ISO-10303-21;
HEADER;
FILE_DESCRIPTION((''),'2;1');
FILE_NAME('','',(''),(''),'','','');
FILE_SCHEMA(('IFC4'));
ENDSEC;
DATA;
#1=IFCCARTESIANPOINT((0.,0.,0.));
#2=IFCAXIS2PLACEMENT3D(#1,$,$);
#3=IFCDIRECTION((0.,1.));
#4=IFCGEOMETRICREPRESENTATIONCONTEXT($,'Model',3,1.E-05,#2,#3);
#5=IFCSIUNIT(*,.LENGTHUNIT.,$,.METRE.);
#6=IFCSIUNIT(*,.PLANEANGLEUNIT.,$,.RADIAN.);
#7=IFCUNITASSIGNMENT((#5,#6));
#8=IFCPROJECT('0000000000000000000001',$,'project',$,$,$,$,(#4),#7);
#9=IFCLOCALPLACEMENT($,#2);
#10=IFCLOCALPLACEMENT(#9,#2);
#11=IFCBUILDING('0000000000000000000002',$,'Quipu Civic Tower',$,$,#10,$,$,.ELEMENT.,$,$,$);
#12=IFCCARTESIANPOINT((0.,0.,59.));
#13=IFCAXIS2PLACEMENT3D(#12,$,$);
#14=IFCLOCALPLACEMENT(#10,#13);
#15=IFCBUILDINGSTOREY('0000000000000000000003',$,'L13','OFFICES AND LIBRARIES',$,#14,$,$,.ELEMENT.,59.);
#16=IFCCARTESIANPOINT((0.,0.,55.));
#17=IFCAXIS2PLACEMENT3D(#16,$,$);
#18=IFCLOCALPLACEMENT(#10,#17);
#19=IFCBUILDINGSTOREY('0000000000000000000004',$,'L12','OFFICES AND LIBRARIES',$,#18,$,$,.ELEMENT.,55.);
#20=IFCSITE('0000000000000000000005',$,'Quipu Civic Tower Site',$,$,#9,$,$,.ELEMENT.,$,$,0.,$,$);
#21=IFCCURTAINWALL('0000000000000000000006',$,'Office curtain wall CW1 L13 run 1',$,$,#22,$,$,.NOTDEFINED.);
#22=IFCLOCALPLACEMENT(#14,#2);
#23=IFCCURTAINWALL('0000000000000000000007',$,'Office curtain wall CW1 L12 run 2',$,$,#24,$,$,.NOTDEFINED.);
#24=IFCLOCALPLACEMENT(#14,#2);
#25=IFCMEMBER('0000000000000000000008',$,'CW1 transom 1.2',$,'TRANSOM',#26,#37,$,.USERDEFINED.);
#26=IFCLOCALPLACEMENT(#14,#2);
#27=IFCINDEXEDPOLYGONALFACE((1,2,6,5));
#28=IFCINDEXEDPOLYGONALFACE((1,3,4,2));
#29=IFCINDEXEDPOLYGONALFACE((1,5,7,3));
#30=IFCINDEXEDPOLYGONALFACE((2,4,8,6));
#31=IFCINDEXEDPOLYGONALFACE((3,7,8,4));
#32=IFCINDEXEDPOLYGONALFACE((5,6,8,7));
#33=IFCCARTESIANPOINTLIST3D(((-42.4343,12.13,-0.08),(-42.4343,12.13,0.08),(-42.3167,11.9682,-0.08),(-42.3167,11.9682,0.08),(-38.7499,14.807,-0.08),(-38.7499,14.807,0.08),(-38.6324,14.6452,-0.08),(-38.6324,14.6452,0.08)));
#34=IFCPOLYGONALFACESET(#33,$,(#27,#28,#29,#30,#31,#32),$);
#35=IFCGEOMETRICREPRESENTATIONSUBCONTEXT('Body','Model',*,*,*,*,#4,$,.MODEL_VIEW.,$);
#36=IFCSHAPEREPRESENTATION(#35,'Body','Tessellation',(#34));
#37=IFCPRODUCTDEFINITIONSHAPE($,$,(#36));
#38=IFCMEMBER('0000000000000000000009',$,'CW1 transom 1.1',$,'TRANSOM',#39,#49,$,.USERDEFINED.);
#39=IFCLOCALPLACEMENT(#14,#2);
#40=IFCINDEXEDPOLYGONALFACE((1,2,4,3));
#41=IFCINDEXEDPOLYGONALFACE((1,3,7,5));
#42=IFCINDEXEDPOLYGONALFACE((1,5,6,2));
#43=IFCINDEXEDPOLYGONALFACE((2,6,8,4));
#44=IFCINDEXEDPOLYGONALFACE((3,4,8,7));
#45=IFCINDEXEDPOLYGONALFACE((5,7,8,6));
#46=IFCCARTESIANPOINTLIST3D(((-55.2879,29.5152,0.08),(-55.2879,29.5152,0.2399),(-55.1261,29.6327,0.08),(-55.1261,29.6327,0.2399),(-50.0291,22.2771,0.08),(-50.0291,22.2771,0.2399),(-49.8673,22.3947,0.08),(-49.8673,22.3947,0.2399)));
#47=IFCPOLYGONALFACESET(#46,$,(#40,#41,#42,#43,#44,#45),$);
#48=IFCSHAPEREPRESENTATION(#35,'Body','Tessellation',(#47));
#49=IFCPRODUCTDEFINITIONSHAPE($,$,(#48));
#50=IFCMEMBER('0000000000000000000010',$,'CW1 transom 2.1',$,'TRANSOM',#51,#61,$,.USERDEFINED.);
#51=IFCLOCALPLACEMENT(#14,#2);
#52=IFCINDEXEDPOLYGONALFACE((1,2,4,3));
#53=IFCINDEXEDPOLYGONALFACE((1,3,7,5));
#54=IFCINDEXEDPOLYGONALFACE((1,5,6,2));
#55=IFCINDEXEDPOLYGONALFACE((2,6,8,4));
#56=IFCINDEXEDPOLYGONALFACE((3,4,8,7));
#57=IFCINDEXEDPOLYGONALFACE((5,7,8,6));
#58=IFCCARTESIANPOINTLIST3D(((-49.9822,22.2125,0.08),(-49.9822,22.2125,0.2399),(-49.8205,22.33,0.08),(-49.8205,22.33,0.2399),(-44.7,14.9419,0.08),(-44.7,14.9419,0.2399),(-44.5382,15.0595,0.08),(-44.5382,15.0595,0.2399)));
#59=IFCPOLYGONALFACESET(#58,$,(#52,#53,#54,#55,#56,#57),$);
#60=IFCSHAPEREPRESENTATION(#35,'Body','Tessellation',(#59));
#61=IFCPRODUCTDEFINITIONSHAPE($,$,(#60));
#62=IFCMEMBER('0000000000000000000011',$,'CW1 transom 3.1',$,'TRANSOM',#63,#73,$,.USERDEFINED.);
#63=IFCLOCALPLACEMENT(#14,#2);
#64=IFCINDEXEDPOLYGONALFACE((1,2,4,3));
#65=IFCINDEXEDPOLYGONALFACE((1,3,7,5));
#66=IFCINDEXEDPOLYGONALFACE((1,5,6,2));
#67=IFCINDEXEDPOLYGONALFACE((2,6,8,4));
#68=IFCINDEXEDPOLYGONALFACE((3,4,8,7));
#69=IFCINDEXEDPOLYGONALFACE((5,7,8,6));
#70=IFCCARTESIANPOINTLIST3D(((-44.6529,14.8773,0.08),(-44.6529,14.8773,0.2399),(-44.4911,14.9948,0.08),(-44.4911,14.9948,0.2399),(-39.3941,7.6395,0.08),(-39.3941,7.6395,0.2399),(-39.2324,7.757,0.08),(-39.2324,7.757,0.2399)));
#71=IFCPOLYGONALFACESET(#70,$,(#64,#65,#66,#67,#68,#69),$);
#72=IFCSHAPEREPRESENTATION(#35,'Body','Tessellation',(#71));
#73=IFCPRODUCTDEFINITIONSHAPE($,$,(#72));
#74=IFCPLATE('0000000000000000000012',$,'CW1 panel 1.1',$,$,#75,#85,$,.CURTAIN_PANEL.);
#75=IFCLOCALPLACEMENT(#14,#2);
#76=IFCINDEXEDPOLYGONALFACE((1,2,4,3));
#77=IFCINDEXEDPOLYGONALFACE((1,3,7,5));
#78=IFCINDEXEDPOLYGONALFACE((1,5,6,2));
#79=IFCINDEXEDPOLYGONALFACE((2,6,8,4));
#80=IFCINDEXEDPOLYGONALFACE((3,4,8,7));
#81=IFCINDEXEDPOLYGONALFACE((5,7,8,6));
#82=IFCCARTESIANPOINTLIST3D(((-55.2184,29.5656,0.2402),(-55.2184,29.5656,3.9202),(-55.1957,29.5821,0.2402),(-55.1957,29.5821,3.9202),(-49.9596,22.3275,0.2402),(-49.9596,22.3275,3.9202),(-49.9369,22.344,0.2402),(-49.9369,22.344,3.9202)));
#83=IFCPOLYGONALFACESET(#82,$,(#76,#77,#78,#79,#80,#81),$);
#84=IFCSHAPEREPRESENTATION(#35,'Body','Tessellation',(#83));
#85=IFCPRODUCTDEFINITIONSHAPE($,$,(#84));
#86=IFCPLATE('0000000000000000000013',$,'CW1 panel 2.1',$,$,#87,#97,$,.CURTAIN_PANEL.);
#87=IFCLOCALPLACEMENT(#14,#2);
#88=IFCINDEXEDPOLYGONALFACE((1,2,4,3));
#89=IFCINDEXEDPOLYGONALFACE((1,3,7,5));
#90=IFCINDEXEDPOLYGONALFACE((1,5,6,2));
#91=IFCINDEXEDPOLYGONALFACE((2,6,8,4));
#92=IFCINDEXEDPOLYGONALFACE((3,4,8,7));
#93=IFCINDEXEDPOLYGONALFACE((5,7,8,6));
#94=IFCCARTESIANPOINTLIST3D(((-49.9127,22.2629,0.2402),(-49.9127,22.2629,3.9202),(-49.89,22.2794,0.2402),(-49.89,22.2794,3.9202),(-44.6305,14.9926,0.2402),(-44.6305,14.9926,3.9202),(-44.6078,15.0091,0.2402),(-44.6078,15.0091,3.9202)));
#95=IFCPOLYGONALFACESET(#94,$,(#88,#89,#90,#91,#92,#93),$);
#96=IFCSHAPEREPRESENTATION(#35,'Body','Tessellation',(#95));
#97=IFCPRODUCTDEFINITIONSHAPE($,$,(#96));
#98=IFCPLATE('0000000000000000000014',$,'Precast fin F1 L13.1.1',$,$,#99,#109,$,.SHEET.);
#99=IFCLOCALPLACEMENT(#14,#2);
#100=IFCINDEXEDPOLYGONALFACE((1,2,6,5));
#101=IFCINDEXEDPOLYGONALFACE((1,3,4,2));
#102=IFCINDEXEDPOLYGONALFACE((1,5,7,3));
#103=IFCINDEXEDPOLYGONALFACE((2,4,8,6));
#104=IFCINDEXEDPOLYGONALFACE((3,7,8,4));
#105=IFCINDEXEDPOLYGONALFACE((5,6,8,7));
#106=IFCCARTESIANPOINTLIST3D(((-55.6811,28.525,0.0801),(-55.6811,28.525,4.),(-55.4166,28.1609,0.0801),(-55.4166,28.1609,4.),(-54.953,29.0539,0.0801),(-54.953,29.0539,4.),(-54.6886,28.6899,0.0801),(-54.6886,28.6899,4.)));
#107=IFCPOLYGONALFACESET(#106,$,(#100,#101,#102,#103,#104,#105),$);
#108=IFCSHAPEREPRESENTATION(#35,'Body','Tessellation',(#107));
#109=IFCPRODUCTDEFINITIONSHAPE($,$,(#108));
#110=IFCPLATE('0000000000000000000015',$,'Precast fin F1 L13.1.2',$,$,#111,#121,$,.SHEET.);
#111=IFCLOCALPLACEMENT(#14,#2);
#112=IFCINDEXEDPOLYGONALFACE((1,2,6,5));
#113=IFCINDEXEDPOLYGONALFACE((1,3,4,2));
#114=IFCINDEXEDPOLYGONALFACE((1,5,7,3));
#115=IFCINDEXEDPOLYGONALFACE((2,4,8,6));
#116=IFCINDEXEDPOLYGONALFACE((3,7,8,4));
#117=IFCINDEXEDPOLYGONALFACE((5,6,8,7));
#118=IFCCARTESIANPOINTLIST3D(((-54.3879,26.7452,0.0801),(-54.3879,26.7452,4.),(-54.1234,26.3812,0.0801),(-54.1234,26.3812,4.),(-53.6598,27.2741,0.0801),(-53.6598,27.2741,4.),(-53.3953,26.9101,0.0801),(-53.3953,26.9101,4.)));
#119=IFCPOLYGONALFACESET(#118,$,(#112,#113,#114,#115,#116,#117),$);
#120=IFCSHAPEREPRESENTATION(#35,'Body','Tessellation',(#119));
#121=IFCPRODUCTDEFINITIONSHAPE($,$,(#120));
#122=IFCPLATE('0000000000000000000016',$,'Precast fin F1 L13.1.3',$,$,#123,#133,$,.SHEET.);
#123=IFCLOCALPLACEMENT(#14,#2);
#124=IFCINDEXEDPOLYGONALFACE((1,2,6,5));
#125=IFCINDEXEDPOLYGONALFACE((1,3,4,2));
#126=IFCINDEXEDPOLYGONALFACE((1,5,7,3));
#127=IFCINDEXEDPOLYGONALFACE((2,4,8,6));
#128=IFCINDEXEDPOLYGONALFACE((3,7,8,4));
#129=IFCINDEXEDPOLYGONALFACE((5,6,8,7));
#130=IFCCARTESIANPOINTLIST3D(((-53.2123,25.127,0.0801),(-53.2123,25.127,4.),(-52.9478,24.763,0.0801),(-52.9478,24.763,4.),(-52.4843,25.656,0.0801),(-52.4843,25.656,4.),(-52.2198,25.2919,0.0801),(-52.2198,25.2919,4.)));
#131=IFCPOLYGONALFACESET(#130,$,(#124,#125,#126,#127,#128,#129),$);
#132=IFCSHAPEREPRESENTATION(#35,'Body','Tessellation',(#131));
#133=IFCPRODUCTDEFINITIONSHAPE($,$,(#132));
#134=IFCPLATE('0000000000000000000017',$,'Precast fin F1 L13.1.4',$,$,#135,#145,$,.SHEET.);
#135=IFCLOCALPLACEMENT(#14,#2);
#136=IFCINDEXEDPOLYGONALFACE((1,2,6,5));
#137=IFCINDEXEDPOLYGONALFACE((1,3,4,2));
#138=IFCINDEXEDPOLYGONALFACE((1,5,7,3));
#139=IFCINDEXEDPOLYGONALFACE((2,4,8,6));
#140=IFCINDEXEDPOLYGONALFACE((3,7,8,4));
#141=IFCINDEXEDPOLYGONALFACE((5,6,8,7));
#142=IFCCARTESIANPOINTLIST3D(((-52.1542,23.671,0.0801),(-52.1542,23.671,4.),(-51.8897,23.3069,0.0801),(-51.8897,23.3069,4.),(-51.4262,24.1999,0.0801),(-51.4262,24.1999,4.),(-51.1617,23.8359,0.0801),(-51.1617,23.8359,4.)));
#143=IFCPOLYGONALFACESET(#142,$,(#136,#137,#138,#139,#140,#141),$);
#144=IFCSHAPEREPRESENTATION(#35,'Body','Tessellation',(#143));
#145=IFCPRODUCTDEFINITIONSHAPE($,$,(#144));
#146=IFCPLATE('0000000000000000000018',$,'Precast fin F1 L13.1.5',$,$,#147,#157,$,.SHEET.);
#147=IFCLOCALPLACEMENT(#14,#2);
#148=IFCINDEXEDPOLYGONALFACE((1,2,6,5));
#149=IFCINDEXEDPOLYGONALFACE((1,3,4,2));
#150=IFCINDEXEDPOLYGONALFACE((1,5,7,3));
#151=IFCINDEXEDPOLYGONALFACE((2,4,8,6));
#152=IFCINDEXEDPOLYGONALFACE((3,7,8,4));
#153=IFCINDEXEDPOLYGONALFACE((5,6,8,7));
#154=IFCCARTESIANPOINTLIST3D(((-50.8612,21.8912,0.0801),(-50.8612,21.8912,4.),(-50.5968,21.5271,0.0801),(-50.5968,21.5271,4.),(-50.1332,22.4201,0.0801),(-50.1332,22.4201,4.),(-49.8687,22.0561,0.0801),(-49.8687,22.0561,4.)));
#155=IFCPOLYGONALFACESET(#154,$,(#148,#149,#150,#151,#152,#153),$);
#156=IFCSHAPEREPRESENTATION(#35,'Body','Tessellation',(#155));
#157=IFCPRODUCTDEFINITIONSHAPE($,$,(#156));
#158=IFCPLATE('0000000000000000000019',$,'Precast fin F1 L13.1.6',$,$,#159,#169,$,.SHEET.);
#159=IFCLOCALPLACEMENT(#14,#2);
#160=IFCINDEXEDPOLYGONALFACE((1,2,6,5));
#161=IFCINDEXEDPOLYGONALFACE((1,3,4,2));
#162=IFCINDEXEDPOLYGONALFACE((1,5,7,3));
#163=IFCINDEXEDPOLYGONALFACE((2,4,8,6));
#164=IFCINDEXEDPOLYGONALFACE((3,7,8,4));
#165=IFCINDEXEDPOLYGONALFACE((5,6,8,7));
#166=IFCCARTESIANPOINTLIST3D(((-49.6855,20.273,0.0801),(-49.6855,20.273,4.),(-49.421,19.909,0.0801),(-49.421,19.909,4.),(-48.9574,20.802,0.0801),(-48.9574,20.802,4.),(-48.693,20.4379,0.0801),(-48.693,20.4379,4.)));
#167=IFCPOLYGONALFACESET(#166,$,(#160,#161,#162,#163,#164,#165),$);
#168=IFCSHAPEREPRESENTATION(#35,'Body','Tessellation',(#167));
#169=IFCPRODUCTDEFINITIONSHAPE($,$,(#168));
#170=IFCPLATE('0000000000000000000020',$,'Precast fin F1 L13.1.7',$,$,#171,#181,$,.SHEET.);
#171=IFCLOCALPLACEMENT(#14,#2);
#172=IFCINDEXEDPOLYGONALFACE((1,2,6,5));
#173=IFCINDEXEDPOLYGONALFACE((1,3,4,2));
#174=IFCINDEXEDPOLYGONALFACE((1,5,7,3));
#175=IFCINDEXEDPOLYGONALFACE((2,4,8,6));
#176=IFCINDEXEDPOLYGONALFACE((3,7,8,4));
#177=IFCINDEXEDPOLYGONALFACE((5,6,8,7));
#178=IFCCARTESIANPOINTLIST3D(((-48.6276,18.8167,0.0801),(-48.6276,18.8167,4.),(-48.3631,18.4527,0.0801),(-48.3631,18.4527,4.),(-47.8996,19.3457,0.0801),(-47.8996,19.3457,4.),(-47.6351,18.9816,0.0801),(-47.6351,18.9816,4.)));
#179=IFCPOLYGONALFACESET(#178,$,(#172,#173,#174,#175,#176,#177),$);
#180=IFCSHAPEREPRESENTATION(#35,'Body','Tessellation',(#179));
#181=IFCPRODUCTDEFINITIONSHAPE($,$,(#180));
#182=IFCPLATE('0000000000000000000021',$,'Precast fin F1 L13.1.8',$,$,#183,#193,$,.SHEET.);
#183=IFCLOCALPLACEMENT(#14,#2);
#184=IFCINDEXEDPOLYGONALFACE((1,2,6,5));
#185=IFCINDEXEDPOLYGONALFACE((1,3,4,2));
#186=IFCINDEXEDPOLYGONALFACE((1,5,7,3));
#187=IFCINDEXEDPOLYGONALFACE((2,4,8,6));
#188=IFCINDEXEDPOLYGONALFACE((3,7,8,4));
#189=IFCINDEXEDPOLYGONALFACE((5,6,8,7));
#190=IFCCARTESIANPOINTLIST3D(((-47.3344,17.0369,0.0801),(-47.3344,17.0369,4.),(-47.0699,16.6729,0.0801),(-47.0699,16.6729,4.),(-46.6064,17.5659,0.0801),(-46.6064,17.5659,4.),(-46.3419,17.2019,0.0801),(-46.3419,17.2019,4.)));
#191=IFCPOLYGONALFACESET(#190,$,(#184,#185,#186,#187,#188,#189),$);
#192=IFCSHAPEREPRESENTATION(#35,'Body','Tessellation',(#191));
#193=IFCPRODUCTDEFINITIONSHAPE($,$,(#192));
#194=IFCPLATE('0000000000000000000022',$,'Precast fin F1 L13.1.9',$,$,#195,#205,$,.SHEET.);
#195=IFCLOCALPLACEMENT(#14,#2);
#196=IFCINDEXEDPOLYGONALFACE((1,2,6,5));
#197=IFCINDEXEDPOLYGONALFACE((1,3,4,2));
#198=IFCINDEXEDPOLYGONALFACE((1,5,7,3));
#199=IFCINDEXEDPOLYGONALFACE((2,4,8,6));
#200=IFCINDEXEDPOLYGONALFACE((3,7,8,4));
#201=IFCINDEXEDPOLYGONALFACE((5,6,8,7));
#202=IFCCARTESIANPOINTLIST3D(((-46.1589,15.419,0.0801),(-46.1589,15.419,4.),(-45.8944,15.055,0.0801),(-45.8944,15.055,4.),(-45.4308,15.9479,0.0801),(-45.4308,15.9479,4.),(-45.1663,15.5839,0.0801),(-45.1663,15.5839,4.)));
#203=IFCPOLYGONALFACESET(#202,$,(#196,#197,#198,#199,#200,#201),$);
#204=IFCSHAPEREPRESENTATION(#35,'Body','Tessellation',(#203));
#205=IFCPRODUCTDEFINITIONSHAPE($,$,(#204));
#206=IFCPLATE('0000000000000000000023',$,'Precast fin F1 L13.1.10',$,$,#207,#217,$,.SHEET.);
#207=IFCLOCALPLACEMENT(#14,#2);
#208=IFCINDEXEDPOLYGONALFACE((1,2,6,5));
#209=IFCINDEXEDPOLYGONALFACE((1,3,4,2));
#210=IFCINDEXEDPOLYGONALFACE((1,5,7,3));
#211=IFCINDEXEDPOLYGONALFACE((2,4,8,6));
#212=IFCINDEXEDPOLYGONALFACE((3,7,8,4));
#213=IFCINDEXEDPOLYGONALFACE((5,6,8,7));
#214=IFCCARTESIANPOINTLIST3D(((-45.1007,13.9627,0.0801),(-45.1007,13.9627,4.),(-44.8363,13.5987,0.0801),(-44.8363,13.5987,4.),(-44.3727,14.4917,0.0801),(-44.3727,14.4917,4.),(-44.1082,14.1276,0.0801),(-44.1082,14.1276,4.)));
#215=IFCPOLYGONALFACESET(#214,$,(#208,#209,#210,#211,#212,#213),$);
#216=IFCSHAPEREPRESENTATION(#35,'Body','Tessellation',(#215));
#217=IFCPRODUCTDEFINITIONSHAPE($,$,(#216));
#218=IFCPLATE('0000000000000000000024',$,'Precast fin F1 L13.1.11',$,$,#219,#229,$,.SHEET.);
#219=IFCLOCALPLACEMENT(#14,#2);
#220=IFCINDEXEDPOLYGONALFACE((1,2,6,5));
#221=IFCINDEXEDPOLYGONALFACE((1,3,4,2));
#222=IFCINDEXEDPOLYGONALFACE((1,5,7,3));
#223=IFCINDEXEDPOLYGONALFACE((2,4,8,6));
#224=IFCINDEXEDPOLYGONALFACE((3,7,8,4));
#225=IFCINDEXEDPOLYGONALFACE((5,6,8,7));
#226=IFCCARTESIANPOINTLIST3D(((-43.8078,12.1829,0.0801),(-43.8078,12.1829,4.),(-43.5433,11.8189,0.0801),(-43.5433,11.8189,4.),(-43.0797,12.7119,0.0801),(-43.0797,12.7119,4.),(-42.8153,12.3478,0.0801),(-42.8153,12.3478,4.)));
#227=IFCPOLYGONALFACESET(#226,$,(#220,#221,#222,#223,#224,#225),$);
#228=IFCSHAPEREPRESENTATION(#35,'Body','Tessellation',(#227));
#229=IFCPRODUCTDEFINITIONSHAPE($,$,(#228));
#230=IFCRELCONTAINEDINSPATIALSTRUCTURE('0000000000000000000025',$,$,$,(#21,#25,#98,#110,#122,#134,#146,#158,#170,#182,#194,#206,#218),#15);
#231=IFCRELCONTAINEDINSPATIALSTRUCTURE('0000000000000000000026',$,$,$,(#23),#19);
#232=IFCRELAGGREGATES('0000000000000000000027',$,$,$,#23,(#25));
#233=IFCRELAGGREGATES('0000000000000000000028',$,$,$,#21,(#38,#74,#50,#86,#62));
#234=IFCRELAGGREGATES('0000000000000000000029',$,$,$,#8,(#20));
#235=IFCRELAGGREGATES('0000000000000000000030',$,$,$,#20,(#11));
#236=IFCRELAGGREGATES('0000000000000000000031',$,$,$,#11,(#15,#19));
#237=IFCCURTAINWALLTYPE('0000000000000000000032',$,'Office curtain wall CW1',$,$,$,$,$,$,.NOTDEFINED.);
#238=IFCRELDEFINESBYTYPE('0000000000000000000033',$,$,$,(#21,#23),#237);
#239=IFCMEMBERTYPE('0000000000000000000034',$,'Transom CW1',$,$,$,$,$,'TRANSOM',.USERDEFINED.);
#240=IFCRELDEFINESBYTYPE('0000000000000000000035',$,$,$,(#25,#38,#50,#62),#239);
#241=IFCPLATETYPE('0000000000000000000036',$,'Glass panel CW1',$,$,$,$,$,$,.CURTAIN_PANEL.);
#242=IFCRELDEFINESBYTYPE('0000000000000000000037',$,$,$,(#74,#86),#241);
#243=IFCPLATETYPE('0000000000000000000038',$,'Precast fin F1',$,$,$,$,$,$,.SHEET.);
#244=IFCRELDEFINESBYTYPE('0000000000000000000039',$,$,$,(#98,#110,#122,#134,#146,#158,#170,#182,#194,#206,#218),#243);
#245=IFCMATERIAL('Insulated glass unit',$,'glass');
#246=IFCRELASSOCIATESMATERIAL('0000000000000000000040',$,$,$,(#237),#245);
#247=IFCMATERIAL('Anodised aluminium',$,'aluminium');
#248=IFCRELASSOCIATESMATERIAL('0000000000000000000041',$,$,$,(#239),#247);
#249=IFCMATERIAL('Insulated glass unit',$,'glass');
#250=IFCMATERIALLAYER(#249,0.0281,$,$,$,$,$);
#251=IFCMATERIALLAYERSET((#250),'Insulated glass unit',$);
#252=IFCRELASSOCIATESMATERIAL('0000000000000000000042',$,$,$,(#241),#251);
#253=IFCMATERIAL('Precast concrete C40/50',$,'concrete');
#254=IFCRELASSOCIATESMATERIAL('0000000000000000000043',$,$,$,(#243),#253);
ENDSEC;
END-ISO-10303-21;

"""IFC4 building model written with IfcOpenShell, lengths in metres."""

from ifc_helpers import new_model, si_unit, direction, frame, origin, origin_2d, place, context, subcontext, project, spatial, rectangle, extrude, material, layer, layer_set, material_profile, profile_set, type_object, element, aggregate, save


model = new_model("IFC4")

# Units and contexts
model_context = context("Model", 3, precision=1e-05, world=origin(), true_north=direction((0.0, 1.0)))
body_context = subcontext(model_context, "Body", "Model", "MODEL_VIEW")
ifc_project = project(units=[si_unit("LENGTHUNIT", "METRE"), si_unit("PLANEANGLEUNIT", "RADIAN")], contexts=[model_context])

# Site, building, storey
site_placement = place(None, origin())
site = spatial("IfcSite", under=ifc_project, at=site_placement, Name="Quipu Civic Tower Site", CompositionType="ELEMENT", RefElevation=0.0)
building_placement = place(site_placement, origin())
building = spatial("IfcBuilding", under=site, at=building_placement, Name="Quipu Civic Tower", CompositionType="ELEMENT")
storey_1_placement = place(building_placement, frame((0.0, 0.0, 59.0)))
storey_1 = spatial("IfcBuildingStorey", under=building, at=storey_1_placement, Name="L13", Description="OFFICES AND LIBRARIES", CompositionType="ELEMENT", Elevation=59.0)

# Curtain wall
ifc_material_1 = material(Name="Insulated glass unit", Category="glass")
curtain_wall_type = type_object("IfcCurtainWallType", Name="Office curtain wall CW1", PredefinedType="NOTDEFINED", material=ifc_material_1)
curtain_wall_1_placement = place(storey_1_placement, origin())
curtain_wall_1 = element("IfcCurtainWall", 1, at=curtain_wall_1_placement, inside=storey_1, type_object=curtain_wall_type, Name="Office curtain wall CW1 L13 run 1", PredefinedType="NOTDEFINED")

# Shared definitions
storey_2_placement = place(building_placement, frame((0.0, 0.0, 55.0)))
storey_2 = spatial("IfcBuildingStorey", under=building, at=storey_2_placement, Name="L12", Description="OFFICES AND LIBRARIES", CompositionType="ELEMENT", Elevation=55.0)

# Shared definitions
ifc_material_2 = material(Name="Anodised aluminium", Category="aluminium")
ifc_material_profile_1 = material_profile(ifc_material_2, rectangle(XDim=0.2, YDim=0.1599, at=origin_2d()), Name="RECT 200x160")
ifc_profile_set_1 = profile_set([ifc_material_profile_1], Name="Anodised aluminium")
member_type_1 = type_object("IfcMemberType", Name="Transom CW1", ElementType="TRANSOM", PredefinedType="USERDEFINED", material=ifc_profile_set_1)

# Curtain wall, member
curtain_wall_2_placement = place(storey_2_placement, origin())
curtain_wall_2 = element("IfcCurtainWall", 2, at=curtain_wall_2_placement, inside=storey_2, type_object=curtain_wall_type, Name="Office curtain wall CW1 L12 run 2", PredefinedType="NOTDEFINED")
member_1_placement = place(storey_1_placement, frame((-42.3755, 12.0491, 0.0), z_axis=(0.808998, 0.587811, 0.0), x_axis=(-0.587811, 0.808998, 0.0)))
member_1 = element("IfcMember", 3, at=member_1_placement, inside=storey_1, type_object=member_type_1, Name="CW1 transom 1.2", ObjectType="TRANSOM", PredefinedType="USERDEFINED", context=body_context, shape_type="SweptSolid", body=[
    extrude(rectangle(XDim=0.2, YDim=0.1599, at=origin_2d()), origin(), (0.0, 0.0, 1.0), 4.5542),
])
aggregate(curtain_wall_2, [member_1])

# Members
member_2_placement = place(storey_1_placement, frame((-55.207, 29.574, 0.1599), z_axis=(0.587789, -0.809014, 0.0), x_axis=(0.809014, 0.587789, 0.0)))
member_2 = element("IfcMember", 4, at=member_2_placement, type_object=member_type_1, Name="CW1 transom 1.1", ObjectType="TRANSOM", PredefinedType="USERDEFINED", context=body_context, shape_type="SweptSolid", body=[
    extrude(rectangle(XDim=0.2, YDim=0.1599, at=origin_2d()), origin(), (0.0, 0.0, 1.0), 8.9468),
])
member_3_placement = place(storey_1_placement, frame((-49.9014, 22.2712, 0.1599), z_axis=(0.587777, -0.809023, 0.0), x_axis=(0.809023, 0.587777, 0.0)))
member_3 = element("IfcMember", 5, at=member_3_placement, type_object=member_type_1, Name="CW1 transom 2.1", ObjectType="TRANSOM", PredefinedType="USERDEFINED", context=body_context, shape_type="SweptSolid", body=[
    extrude(rectangle(XDim=0.2, YDim=0.1599, at=origin_2d()), origin(), (0.0, 0.0, 1.0), 8.9868),
])
member_4_placement = place(storey_1_placement, frame((-44.572, 14.936, 0.1599), z_axis=(0.587802, -0.809005, 0.0), x_axis=(0.809005, 0.587802, 0.0)))
member_4 = element("IfcMember", 6, at=member_4_placement, type_object=member_type_1, Name="CW1 transom 3.1", ObjectType="TRANSOM", PredefinedType="USERDEFINED", context=body_context, shape_type="SweptSolid", body=[
    extrude(rectangle(XDim=0.2, YDim=0.1599, at=origin_2d()), origin(), (0.0, 0.0, 1.0), 8.9465),
])

# Plates
ifc_material_3 = material(Name="Insulated glass unit", Category="glass")
ifc_layer_1 = layer(ifc_material_3, 0.0281)
ifc_layer_set_1 = layer_set([ifc_layer_1], Name="Insulated glass unit")
plate_type_1 = type_object("IfcPlateType", Name="Glass panel CW1", PredefinedType="CURTAIN_PANEL", material=ifc_layer_set_1)
plate_1_placement = place(storey_1_placement, frame((-52.5776, 25.9548, 0.2402), z_axis=(0.0, 0.0, 1.0), x_axis=(0.587787, -0.809015, 0.0)))
plate_1 = element("IfcPlate", 7, at=plate_1_placement, type_object=plate_type_1, Name="CW1 panel 1.1", PredefinedType="CURTAIN_PANEL", context=body_context, shape_type="SweptSolid", body=[
    extrude(rectangle(XDim=8.9468, YDim=0.0281, at=origin_2d()), origin(), (0.0, 0.0, 1.0), 3.6799),
])
plate_2_placement = place(storey_1_placement, frame((-47.2603, 18.636, 0.2402), z_axis=(0.0, 0.0, 1.0), x_axis=(0.587787, -0.809015, 0.0)))
plate_2 = element("IfcPlate", 8, at=plate_2_placement, type_object=plate_type_1, Name="CW1 panel 2.1", PredefinedType="CURTAIN_PANEL", context=body_context, shape_type="SweptSolid", body=[
    extrude(rectangle(XDim=8.9866, YDim=0.0281, at=origin_2d()), origin(), (0.0, 0.0, 1.0), 3.6799),
])
aggregate(curtain_wall_1, [member_2, plate_1, member_3, plate_2, member_4])

# Plates
ifc_material_4 = material(Name="Precast concrete C40/50", Category="concrete")
plate_type_2 = type_object("IfcPlateType", Name="Precast fin F1", PredefinedType="SHEET", material=ifc_material_4)
for number, where, z_axis, x_axis, name in (
    (9, (-55.1848, 28.6074, 0.0801), (0.0, 0.0, 1.0), (0.587786, -0.809016, 0.0), "Precast fin F1 L13.1.1"),
    (10, (-53.8916, 26.8276, 0.0801), (0.0, 0.0, 1.0), (0.587786, -0.809016, 0.0), "Precast fin F1 L13.1.2"),
    (11, (-52.7161, 25.2095, 0.0801), (0.0, 0.0, 1.0), (0.587786, -0.809016, 0.0), "Precast fin F1 L13.1.3"),
    (12, (-51.658, 23.7534, 0.0801), (0.0, 0.0, 1.0), (0.587786, -0.809016, 0.0), "Precast fin F1 L13.1.4"),
    (13, (-50.365, 21.9736, 0.0801), (0.0, 0.0, 1.0), (0.587786, -0.809016, 0.0), "Precast fin F1 L13.1.5"),
    (14, (-49.1892, 20.3555, 0.0801), (0.0, 0.0, 1.0), (0.587786, -0.809016, 0.0), "Precast fin F1 L13.1.6"),
    (15, (-48.1313, 18.8992, 0.0801), (0.0, 0.0, 1.0), (0.587786, -0.809016, 0.0), "Precast fin F1 L13.1.7"),
    (16, (-46.8381, 17.1194, 0.0801), (0.0, 0.0, 1.0), (0.587786, -0.809016, 0.0), "Precast fin F1 L13.1.8"),
    (17, (-45.6626, 15.5015, 0.0801), (0.0, 0.0, 1.0), (0.587786, -0.809016, 0.0), "Precast fin F1 L13.1.9"),
    (18, (-44.6045, 14.0452, 0.0801), (0.0, 0.0, 1.0), (0.587786, -0.809016, 0.0), "Precast fin F1 L13.1.10"),
    (19, (-43.3115, 12.2654, 0.0801), (0.0, 0.0, 1.0), (0.587786, -0.809016, 0.0), "Precast fin F1 L13.1.11"),
):
    element("IfcPlate", number, at=place(storey_1_placement, frame(where, z_axis=z_axis, x_axis=x_axis)), inside=storey_1, type_object=plate_type_2, Name=name, PredefinedType="SHEET", context=body_context, shape_type="SweptSolid", body=[
        extrude(rectangle(XDim=0.45, YDim=0.8999, at=origin_2d()), origin(), (0.0, 0.0, 1.0), 3.9199),
    ])

save(model, "model.ifc")
